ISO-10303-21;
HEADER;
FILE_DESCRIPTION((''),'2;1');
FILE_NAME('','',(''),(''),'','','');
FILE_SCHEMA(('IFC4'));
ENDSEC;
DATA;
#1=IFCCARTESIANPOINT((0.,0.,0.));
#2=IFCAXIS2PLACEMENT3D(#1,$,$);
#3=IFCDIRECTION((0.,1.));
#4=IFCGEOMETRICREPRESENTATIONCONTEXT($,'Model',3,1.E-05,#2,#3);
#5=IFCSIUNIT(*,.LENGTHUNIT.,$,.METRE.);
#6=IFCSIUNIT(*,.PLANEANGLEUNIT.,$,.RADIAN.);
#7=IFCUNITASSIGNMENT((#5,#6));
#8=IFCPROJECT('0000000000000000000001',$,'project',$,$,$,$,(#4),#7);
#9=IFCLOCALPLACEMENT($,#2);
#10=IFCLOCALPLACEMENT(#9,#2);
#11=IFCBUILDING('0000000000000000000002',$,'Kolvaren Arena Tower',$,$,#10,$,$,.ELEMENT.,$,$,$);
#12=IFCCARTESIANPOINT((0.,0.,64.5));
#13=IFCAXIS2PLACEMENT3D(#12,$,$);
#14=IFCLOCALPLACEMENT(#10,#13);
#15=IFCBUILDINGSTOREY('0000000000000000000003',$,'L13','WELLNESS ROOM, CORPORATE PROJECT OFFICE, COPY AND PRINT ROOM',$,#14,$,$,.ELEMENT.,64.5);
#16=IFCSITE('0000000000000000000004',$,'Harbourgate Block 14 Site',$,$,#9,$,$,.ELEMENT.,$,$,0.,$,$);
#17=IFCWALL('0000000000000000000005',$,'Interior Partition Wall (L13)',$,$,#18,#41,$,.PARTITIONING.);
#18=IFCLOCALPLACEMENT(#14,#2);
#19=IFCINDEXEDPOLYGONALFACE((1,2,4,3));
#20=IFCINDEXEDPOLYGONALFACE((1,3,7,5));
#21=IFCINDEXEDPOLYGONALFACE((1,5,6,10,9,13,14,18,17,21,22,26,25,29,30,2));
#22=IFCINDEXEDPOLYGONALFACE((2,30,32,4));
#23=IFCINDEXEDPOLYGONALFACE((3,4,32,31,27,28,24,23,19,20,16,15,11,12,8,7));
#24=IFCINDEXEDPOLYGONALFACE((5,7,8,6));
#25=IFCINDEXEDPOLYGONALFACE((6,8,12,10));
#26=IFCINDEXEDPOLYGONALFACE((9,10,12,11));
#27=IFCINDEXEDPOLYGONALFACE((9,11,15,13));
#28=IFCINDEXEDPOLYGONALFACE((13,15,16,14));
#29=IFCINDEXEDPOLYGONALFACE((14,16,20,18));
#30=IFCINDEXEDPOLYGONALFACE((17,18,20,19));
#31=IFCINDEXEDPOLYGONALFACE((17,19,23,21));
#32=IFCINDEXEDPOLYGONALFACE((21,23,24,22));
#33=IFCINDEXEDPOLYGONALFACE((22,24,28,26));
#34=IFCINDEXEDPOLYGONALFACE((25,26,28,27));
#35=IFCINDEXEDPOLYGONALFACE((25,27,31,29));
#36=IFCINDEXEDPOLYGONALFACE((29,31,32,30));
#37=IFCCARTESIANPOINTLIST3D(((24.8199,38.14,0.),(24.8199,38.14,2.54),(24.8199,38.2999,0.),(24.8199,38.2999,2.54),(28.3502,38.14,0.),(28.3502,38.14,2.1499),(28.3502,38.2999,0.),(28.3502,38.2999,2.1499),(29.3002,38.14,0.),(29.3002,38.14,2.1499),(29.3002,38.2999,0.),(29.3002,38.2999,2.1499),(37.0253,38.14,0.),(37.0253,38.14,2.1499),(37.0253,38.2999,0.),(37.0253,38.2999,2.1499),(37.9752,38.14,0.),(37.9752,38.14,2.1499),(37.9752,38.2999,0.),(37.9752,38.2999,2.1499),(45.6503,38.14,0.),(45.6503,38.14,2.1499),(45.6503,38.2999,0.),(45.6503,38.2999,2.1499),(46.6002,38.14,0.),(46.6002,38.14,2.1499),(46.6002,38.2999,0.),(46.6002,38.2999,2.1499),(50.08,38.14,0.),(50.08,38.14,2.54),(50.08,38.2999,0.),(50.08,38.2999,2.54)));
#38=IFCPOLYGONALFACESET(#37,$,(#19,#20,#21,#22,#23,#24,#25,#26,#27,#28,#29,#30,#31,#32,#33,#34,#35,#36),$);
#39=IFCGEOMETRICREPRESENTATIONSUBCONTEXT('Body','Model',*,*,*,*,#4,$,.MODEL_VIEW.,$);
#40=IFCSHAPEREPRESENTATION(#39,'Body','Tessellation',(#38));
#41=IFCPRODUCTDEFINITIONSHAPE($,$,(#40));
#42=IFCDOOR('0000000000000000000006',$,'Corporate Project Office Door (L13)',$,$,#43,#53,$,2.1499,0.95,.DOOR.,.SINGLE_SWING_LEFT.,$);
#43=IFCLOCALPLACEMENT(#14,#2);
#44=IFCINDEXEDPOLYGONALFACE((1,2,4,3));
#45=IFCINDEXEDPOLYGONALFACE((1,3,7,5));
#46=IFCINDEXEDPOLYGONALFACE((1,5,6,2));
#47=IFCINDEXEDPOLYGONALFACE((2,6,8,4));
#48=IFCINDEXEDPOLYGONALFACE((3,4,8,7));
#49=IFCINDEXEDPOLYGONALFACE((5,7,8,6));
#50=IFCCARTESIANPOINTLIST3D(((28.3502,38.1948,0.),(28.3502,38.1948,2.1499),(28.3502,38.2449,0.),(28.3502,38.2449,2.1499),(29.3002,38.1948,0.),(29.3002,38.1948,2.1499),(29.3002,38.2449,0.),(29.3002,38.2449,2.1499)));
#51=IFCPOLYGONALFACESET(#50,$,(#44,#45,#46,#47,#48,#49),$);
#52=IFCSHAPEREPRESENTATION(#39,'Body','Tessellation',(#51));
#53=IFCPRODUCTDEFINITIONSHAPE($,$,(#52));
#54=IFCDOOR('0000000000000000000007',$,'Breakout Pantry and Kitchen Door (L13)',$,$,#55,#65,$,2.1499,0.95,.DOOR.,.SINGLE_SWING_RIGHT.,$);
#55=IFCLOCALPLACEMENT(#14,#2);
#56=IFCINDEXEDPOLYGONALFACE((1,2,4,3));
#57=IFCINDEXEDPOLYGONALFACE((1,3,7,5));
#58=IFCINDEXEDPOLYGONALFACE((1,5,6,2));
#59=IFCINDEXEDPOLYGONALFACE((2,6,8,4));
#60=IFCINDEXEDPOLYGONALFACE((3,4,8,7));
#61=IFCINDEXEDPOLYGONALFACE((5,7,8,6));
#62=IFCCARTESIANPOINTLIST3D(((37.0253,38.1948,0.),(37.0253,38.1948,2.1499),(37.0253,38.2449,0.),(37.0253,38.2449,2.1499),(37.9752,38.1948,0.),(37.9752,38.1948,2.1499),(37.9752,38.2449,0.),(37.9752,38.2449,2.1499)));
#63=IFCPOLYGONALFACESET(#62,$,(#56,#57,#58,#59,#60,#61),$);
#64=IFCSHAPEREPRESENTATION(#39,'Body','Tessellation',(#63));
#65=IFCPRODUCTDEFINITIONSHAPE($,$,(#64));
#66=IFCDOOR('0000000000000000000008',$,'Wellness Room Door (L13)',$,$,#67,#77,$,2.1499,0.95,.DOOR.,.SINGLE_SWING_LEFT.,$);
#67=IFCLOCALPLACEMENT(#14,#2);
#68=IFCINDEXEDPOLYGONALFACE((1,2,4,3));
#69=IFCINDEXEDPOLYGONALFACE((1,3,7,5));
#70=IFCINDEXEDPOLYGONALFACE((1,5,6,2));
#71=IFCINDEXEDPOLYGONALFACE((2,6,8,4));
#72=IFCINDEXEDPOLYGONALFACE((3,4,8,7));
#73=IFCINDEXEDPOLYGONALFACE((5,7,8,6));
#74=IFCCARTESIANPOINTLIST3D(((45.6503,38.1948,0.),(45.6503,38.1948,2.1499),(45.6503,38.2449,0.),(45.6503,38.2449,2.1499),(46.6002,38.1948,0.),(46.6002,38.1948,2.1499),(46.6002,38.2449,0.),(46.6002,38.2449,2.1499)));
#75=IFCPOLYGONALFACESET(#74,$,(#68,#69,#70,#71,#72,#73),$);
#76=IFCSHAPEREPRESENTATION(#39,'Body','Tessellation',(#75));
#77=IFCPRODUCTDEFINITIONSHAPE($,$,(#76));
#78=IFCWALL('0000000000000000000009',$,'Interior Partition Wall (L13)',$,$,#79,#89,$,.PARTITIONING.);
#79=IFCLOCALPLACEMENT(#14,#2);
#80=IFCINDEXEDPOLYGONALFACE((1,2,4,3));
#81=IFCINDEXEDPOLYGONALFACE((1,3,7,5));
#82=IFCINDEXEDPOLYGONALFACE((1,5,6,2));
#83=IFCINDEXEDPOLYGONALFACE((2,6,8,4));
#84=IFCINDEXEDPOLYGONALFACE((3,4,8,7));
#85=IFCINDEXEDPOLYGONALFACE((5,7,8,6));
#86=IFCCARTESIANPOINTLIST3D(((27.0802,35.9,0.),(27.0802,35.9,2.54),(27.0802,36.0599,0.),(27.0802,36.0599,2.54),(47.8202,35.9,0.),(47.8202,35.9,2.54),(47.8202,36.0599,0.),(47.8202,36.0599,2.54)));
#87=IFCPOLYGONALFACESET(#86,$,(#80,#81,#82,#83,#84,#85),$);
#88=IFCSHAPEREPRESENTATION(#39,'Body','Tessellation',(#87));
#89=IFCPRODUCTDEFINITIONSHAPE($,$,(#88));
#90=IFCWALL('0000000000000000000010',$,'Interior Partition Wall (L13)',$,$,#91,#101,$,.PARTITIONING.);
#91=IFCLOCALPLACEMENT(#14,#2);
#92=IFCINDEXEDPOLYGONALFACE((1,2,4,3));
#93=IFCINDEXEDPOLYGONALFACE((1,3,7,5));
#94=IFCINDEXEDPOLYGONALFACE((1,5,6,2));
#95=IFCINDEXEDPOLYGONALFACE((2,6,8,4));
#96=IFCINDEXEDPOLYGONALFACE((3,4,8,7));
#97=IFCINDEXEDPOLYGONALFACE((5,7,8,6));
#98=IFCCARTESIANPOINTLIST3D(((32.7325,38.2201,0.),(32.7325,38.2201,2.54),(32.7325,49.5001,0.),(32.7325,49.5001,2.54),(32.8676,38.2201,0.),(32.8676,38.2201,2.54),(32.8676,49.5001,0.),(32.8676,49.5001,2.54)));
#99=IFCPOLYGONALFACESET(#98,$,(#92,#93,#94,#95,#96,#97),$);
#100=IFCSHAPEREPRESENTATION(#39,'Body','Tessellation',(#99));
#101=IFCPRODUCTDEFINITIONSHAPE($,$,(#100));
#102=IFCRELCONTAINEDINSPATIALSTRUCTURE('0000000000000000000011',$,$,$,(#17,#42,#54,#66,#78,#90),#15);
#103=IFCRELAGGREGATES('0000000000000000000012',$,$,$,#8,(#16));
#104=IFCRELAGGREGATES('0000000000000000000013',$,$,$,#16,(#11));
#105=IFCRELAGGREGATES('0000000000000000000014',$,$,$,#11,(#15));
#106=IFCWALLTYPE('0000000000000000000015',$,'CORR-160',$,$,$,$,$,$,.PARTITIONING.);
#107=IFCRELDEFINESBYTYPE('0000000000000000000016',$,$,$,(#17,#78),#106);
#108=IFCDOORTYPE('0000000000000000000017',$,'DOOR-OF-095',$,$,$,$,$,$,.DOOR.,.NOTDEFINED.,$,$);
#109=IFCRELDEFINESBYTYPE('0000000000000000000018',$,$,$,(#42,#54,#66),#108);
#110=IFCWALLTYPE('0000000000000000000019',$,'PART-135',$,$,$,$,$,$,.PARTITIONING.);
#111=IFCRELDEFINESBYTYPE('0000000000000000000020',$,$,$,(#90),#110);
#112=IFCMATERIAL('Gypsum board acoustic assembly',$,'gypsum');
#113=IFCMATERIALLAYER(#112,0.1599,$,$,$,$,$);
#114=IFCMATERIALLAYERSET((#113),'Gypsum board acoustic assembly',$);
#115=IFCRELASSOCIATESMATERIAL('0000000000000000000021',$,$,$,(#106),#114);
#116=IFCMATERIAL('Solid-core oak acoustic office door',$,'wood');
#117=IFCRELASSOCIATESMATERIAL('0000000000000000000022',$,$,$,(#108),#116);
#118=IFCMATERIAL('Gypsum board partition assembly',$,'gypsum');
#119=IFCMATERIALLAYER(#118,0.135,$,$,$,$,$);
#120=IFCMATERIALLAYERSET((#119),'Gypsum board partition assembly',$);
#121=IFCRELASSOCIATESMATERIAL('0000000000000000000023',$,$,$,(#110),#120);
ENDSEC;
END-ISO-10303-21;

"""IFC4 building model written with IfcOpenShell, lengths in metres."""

from ifc_helpers import new_model, si_unit, direction, frame, frame_2d, origin, place, context, subcontext, project, spatial, rectangle, extrude, material, layer, layer_set, type_object, element, fill, save


model = new_model("IFC4")

# Units and contexts
model_context = context("Model", 3, precision=1e-05, world=origin(), true_north=direction((0.0, 1.0)))
body_context = subcontext(model_context, "Body", "Model", "MODEL_VIEW")
ifc_project = project(units=[si_unit("LENGTHUNIT", "METRE"), si_unit("PLANEANGLEUNIT", "RADIAN")], contexts=[model_context])

# Site, building, storey
site_placement = place(None, origin())
site = spatial("IfcSite", under=ifc_project, at=site_placement, Name="Harbourgate Block 14 Site", CompositionType="ELEMENT", RefElevation=0.0)
building_placement = place(site_placement, origin())
building = spatial("IfcBuilding", under=site, at=building_placement, Name="Kolvaren Arena Tower", CompositionType="ELEMENT")
storey_placement = place(building_placement, frame((0.0, 0.0, 64.5)))
storey = spatial("IfcBuildingStorey", under=building, at=storey_placement, Name="L13", Description="WELLNESS ROOM, CORPORATE PROJECT OFFICE, COPY AND PRINT ROOM", CompositionType="ELEMENT", Elevation=64.5)

# Shared definitions
ifc_material_1 = material(Name="Gypsum board acoustic assembly", Category="gypsum")
ifc_layer_1 = layer(ifc_material_1, 0.1599)
ifc_layer_set_1 = layer_set([ifc_layer_1], Name="Gypsum board acoustic assembly")
wall_type_1 = type_object("IfcWallType", Name="CORR-160", PredefinedType="PARTITIONING", material=ifc_layer_set_1)

# Wall, openings, doors
wall_1_placement = place(storey_placement, frame((24.8201, 38.22, 0.0), z_axis=(0.0, 0.0, 1.0), x_axis=(1.0, 0.0, 0.0)))
wall_1 = element("IfcWall", 1, at=wall_1_placement, inside=storey, type_object=wall_type_1, Name="Interior Partition Wall (L13)", PredefinedType="PARTITIONING", context=body_context, shape_type="SweptSolid", body=[
    extrude(rectangle(XDim=25.26, YDim=0.1599, at=frame_2d((12.6299, 0.0))), origin(), (0.0, 0.0, 1.0), 2.54),
])
opening_1_placement = place(wall_1_placement, frame((3.53, 0.0, 0.0)))
opening_1 = element("IfcOpeningElement", 2, at=opening_1_placement, cuts=wall_1, PredefinedType="OPENING", context=body_context, shape_type="SweptSolid", body=[
    extrude(rectangle(XDim=0.95, YDim=2.1499, at=frame_2d((0.4751, 1.075))), frame((0.0, 0.0898, 0.0), z_axis=(0.0, -1.0, 0.0), x_axis=(1.0, 0.0, 0.0)), (0.0, 0.0, 1.0), 0.1799),
])
opening_2_placement = place(wall_1_placement, frame((12.2051, 0.0, 0.0)))
opening_2 = element("IfcOpeningElement", 3, at=opening_2_placement, cuts=wall_1, PredefinedType="OPENING", context=body_context, shape_type="SweptSolid", body=[
    extrude(rectangle(XDim=0.95, YDim=2.1499, at=frame_2d((0.4751, 1.075))), frame((0.0, 0.0898, 0.0), z_axis=(0.0, -1.0, 0.0), x_axis=(1.0, 0.0, 0.0)), (0.0, 0.0, 1.0), 0.1799),
])
opening_3_placement = place(wall_1_placement, frame((20.8301, 0.0, 0.0)))
opening_3 = element("IfcOpeningElement", 4, at=opening_3_placement, cuts=wall_1, PredefinedType="OPENING", context=body_context, shape_type="SweptSolid", body=[
    extrude(rectangle(XDim=0.95, YDim=2.1499, at=frame_2d((0.4751, 1.075))), frame((0.0, 0.0898, 0.0), z_axis=(0.0, -1.0, 0.0), x_axis=(1.0, 0.0, 0.0)), (0.0, 0.0, 1.0), 0.1799),
])
ifc_material_2 = material(Name="Solid-core oak acoustic office door", Category="wood")
door_type = type_object("IfcDoorType", Name="DOOR-OF-095", OperationType="NOTDEFINED", PredefinedType="DOOR", material=ifc_material_2)
door_1_placement = place(opening_1_placement, origin())
door_1 = element("IfcDoor", 5, at=door_1_placement, inside=storey, type_object=door_type, Name="Corporate Project Office Door (L13)", OperationType="SINGLE_SWING_LEFT", OverallHeight=2.1499, OverallWidth=0.95, PredefinedType="DOOR", context=body_context, shape_type="SweptSolid", body=[
    extrude(rectangle(XDim=0.95, YDim=2.1499, at=frame_2d((0.4751, 1.075))), frame((0.0, 0.0249, 0.0), z_axis=(0.0, -1.0, 0.0), x_axis=(1.0, 0.0, 0.0)), (0.0, 0.0, 1.0), 0.05),
])
fill(opening_1, door_1)
door_2_placement = place(opening_2_placement, origin())
door_2 = element("IfcDoor", 6, at=door_2_placement, inside=storey, type_object=door_type, Name="Breakout Pantry and Kitchen Door (L13)", OperationType="SINGLE_SWING_RIGHT", OverallHeight=2.1499, OverallWidth=0.95, PredefinedType="DOOR", context=body_context, shape_type="SweptSolid", body=[
    extrude(rectangle(XDim=0.95, YDim=2.1499, at=frame_2d((0.4751, 1.075))), frame((0.0, 0.0249, 0.0), z_axis=(0.0, -1.0, 0.0), x_axis=(1.0, 0.0, 0.0)), (0.0, 0.0, 1.0), 0.05),
])
fill(opening_2, door_2)
door_3_placement = place(opening_3_placement, origin())
door_3 = element("IfcDoor", 7, at=door_3_placement, inside=storey, type_object=door_type, Name="Wellness Room Door (L13)", OperationType="SINGLE_SWING_LEFT", OverallHeight=2.1499, OverallWidth=0.95, PredefinedType="DOOR", context=body_context, shape_type="SweptSolid", body=[
    extrude(rectangle(XDim=0.95, YDim=2.1499, at=frame_2d((0.4751, 1.075))), frame((0.0, 0.0249, 0.0), z_axis=(0.0, -1.0, 0.0), x_axis=(1.0, 0.0, 0.0)), (0.0, 0.0, 1.0), 0.05),
])
fill(opening_3, door_3)

# Walls
wall_2_placement = place(storey_placement, frame((27.0801, 35.98, 0.0), z_axis=(0.0, 0.0, 1.0), x_axis=(1.0, 0.0, 0.0)))
element("IfcWall", 8, at=wall_2_placement, inside=storey, type_object=wall_type_1, Name="Interior Partition Wall (L13)", PredefinedType="PARTITIONING", context=body_context, shape_type="SweptSolid", body=[
    extrude(rectangle(XDim=20.74, YDim=0.1599, at=frame_2d((10.3701, 0.0))), origin(), (0.0, 0.0, 1.0), 2.54),
])
ifc_material_3 = material(Name="Gypsum board partition assembly", Category="gypsum")
ifc_layer_2 = layer(ifc_material_3, 0.135)
ifc_layer_set_2 = layer_set([ifc_layer_2], Name="Gypsum board partition assembly")
wall_type_2 = type_object("IfcWallType", Name="PART-135", PredefinedType="PARTITIONING", material=ifc_layer_set_2)
wall_3_placement = place(storey_placement, frame((32.8, 38.22, 0.0), z_axis=(0.0, 0.0, 1.0), x_axis=(0.0, 1.0, 0.0)))
element("IfcWall", 9, at=wall_3_placement, inside=storey, type_object=wall_type_2, Name="Interior Partition Wall (L13)", PredefinedType="PARTITIONING", context=body_context, shape_type="SweptSolid", body=[
    extrude(rectangle(XDim=11.28, YDim=0.135, at=frame_2d((5.6401, 0.0))), origin(), (0.0, 0.0, 1.0), 2.54),
])

save(model, "model.ifc")
